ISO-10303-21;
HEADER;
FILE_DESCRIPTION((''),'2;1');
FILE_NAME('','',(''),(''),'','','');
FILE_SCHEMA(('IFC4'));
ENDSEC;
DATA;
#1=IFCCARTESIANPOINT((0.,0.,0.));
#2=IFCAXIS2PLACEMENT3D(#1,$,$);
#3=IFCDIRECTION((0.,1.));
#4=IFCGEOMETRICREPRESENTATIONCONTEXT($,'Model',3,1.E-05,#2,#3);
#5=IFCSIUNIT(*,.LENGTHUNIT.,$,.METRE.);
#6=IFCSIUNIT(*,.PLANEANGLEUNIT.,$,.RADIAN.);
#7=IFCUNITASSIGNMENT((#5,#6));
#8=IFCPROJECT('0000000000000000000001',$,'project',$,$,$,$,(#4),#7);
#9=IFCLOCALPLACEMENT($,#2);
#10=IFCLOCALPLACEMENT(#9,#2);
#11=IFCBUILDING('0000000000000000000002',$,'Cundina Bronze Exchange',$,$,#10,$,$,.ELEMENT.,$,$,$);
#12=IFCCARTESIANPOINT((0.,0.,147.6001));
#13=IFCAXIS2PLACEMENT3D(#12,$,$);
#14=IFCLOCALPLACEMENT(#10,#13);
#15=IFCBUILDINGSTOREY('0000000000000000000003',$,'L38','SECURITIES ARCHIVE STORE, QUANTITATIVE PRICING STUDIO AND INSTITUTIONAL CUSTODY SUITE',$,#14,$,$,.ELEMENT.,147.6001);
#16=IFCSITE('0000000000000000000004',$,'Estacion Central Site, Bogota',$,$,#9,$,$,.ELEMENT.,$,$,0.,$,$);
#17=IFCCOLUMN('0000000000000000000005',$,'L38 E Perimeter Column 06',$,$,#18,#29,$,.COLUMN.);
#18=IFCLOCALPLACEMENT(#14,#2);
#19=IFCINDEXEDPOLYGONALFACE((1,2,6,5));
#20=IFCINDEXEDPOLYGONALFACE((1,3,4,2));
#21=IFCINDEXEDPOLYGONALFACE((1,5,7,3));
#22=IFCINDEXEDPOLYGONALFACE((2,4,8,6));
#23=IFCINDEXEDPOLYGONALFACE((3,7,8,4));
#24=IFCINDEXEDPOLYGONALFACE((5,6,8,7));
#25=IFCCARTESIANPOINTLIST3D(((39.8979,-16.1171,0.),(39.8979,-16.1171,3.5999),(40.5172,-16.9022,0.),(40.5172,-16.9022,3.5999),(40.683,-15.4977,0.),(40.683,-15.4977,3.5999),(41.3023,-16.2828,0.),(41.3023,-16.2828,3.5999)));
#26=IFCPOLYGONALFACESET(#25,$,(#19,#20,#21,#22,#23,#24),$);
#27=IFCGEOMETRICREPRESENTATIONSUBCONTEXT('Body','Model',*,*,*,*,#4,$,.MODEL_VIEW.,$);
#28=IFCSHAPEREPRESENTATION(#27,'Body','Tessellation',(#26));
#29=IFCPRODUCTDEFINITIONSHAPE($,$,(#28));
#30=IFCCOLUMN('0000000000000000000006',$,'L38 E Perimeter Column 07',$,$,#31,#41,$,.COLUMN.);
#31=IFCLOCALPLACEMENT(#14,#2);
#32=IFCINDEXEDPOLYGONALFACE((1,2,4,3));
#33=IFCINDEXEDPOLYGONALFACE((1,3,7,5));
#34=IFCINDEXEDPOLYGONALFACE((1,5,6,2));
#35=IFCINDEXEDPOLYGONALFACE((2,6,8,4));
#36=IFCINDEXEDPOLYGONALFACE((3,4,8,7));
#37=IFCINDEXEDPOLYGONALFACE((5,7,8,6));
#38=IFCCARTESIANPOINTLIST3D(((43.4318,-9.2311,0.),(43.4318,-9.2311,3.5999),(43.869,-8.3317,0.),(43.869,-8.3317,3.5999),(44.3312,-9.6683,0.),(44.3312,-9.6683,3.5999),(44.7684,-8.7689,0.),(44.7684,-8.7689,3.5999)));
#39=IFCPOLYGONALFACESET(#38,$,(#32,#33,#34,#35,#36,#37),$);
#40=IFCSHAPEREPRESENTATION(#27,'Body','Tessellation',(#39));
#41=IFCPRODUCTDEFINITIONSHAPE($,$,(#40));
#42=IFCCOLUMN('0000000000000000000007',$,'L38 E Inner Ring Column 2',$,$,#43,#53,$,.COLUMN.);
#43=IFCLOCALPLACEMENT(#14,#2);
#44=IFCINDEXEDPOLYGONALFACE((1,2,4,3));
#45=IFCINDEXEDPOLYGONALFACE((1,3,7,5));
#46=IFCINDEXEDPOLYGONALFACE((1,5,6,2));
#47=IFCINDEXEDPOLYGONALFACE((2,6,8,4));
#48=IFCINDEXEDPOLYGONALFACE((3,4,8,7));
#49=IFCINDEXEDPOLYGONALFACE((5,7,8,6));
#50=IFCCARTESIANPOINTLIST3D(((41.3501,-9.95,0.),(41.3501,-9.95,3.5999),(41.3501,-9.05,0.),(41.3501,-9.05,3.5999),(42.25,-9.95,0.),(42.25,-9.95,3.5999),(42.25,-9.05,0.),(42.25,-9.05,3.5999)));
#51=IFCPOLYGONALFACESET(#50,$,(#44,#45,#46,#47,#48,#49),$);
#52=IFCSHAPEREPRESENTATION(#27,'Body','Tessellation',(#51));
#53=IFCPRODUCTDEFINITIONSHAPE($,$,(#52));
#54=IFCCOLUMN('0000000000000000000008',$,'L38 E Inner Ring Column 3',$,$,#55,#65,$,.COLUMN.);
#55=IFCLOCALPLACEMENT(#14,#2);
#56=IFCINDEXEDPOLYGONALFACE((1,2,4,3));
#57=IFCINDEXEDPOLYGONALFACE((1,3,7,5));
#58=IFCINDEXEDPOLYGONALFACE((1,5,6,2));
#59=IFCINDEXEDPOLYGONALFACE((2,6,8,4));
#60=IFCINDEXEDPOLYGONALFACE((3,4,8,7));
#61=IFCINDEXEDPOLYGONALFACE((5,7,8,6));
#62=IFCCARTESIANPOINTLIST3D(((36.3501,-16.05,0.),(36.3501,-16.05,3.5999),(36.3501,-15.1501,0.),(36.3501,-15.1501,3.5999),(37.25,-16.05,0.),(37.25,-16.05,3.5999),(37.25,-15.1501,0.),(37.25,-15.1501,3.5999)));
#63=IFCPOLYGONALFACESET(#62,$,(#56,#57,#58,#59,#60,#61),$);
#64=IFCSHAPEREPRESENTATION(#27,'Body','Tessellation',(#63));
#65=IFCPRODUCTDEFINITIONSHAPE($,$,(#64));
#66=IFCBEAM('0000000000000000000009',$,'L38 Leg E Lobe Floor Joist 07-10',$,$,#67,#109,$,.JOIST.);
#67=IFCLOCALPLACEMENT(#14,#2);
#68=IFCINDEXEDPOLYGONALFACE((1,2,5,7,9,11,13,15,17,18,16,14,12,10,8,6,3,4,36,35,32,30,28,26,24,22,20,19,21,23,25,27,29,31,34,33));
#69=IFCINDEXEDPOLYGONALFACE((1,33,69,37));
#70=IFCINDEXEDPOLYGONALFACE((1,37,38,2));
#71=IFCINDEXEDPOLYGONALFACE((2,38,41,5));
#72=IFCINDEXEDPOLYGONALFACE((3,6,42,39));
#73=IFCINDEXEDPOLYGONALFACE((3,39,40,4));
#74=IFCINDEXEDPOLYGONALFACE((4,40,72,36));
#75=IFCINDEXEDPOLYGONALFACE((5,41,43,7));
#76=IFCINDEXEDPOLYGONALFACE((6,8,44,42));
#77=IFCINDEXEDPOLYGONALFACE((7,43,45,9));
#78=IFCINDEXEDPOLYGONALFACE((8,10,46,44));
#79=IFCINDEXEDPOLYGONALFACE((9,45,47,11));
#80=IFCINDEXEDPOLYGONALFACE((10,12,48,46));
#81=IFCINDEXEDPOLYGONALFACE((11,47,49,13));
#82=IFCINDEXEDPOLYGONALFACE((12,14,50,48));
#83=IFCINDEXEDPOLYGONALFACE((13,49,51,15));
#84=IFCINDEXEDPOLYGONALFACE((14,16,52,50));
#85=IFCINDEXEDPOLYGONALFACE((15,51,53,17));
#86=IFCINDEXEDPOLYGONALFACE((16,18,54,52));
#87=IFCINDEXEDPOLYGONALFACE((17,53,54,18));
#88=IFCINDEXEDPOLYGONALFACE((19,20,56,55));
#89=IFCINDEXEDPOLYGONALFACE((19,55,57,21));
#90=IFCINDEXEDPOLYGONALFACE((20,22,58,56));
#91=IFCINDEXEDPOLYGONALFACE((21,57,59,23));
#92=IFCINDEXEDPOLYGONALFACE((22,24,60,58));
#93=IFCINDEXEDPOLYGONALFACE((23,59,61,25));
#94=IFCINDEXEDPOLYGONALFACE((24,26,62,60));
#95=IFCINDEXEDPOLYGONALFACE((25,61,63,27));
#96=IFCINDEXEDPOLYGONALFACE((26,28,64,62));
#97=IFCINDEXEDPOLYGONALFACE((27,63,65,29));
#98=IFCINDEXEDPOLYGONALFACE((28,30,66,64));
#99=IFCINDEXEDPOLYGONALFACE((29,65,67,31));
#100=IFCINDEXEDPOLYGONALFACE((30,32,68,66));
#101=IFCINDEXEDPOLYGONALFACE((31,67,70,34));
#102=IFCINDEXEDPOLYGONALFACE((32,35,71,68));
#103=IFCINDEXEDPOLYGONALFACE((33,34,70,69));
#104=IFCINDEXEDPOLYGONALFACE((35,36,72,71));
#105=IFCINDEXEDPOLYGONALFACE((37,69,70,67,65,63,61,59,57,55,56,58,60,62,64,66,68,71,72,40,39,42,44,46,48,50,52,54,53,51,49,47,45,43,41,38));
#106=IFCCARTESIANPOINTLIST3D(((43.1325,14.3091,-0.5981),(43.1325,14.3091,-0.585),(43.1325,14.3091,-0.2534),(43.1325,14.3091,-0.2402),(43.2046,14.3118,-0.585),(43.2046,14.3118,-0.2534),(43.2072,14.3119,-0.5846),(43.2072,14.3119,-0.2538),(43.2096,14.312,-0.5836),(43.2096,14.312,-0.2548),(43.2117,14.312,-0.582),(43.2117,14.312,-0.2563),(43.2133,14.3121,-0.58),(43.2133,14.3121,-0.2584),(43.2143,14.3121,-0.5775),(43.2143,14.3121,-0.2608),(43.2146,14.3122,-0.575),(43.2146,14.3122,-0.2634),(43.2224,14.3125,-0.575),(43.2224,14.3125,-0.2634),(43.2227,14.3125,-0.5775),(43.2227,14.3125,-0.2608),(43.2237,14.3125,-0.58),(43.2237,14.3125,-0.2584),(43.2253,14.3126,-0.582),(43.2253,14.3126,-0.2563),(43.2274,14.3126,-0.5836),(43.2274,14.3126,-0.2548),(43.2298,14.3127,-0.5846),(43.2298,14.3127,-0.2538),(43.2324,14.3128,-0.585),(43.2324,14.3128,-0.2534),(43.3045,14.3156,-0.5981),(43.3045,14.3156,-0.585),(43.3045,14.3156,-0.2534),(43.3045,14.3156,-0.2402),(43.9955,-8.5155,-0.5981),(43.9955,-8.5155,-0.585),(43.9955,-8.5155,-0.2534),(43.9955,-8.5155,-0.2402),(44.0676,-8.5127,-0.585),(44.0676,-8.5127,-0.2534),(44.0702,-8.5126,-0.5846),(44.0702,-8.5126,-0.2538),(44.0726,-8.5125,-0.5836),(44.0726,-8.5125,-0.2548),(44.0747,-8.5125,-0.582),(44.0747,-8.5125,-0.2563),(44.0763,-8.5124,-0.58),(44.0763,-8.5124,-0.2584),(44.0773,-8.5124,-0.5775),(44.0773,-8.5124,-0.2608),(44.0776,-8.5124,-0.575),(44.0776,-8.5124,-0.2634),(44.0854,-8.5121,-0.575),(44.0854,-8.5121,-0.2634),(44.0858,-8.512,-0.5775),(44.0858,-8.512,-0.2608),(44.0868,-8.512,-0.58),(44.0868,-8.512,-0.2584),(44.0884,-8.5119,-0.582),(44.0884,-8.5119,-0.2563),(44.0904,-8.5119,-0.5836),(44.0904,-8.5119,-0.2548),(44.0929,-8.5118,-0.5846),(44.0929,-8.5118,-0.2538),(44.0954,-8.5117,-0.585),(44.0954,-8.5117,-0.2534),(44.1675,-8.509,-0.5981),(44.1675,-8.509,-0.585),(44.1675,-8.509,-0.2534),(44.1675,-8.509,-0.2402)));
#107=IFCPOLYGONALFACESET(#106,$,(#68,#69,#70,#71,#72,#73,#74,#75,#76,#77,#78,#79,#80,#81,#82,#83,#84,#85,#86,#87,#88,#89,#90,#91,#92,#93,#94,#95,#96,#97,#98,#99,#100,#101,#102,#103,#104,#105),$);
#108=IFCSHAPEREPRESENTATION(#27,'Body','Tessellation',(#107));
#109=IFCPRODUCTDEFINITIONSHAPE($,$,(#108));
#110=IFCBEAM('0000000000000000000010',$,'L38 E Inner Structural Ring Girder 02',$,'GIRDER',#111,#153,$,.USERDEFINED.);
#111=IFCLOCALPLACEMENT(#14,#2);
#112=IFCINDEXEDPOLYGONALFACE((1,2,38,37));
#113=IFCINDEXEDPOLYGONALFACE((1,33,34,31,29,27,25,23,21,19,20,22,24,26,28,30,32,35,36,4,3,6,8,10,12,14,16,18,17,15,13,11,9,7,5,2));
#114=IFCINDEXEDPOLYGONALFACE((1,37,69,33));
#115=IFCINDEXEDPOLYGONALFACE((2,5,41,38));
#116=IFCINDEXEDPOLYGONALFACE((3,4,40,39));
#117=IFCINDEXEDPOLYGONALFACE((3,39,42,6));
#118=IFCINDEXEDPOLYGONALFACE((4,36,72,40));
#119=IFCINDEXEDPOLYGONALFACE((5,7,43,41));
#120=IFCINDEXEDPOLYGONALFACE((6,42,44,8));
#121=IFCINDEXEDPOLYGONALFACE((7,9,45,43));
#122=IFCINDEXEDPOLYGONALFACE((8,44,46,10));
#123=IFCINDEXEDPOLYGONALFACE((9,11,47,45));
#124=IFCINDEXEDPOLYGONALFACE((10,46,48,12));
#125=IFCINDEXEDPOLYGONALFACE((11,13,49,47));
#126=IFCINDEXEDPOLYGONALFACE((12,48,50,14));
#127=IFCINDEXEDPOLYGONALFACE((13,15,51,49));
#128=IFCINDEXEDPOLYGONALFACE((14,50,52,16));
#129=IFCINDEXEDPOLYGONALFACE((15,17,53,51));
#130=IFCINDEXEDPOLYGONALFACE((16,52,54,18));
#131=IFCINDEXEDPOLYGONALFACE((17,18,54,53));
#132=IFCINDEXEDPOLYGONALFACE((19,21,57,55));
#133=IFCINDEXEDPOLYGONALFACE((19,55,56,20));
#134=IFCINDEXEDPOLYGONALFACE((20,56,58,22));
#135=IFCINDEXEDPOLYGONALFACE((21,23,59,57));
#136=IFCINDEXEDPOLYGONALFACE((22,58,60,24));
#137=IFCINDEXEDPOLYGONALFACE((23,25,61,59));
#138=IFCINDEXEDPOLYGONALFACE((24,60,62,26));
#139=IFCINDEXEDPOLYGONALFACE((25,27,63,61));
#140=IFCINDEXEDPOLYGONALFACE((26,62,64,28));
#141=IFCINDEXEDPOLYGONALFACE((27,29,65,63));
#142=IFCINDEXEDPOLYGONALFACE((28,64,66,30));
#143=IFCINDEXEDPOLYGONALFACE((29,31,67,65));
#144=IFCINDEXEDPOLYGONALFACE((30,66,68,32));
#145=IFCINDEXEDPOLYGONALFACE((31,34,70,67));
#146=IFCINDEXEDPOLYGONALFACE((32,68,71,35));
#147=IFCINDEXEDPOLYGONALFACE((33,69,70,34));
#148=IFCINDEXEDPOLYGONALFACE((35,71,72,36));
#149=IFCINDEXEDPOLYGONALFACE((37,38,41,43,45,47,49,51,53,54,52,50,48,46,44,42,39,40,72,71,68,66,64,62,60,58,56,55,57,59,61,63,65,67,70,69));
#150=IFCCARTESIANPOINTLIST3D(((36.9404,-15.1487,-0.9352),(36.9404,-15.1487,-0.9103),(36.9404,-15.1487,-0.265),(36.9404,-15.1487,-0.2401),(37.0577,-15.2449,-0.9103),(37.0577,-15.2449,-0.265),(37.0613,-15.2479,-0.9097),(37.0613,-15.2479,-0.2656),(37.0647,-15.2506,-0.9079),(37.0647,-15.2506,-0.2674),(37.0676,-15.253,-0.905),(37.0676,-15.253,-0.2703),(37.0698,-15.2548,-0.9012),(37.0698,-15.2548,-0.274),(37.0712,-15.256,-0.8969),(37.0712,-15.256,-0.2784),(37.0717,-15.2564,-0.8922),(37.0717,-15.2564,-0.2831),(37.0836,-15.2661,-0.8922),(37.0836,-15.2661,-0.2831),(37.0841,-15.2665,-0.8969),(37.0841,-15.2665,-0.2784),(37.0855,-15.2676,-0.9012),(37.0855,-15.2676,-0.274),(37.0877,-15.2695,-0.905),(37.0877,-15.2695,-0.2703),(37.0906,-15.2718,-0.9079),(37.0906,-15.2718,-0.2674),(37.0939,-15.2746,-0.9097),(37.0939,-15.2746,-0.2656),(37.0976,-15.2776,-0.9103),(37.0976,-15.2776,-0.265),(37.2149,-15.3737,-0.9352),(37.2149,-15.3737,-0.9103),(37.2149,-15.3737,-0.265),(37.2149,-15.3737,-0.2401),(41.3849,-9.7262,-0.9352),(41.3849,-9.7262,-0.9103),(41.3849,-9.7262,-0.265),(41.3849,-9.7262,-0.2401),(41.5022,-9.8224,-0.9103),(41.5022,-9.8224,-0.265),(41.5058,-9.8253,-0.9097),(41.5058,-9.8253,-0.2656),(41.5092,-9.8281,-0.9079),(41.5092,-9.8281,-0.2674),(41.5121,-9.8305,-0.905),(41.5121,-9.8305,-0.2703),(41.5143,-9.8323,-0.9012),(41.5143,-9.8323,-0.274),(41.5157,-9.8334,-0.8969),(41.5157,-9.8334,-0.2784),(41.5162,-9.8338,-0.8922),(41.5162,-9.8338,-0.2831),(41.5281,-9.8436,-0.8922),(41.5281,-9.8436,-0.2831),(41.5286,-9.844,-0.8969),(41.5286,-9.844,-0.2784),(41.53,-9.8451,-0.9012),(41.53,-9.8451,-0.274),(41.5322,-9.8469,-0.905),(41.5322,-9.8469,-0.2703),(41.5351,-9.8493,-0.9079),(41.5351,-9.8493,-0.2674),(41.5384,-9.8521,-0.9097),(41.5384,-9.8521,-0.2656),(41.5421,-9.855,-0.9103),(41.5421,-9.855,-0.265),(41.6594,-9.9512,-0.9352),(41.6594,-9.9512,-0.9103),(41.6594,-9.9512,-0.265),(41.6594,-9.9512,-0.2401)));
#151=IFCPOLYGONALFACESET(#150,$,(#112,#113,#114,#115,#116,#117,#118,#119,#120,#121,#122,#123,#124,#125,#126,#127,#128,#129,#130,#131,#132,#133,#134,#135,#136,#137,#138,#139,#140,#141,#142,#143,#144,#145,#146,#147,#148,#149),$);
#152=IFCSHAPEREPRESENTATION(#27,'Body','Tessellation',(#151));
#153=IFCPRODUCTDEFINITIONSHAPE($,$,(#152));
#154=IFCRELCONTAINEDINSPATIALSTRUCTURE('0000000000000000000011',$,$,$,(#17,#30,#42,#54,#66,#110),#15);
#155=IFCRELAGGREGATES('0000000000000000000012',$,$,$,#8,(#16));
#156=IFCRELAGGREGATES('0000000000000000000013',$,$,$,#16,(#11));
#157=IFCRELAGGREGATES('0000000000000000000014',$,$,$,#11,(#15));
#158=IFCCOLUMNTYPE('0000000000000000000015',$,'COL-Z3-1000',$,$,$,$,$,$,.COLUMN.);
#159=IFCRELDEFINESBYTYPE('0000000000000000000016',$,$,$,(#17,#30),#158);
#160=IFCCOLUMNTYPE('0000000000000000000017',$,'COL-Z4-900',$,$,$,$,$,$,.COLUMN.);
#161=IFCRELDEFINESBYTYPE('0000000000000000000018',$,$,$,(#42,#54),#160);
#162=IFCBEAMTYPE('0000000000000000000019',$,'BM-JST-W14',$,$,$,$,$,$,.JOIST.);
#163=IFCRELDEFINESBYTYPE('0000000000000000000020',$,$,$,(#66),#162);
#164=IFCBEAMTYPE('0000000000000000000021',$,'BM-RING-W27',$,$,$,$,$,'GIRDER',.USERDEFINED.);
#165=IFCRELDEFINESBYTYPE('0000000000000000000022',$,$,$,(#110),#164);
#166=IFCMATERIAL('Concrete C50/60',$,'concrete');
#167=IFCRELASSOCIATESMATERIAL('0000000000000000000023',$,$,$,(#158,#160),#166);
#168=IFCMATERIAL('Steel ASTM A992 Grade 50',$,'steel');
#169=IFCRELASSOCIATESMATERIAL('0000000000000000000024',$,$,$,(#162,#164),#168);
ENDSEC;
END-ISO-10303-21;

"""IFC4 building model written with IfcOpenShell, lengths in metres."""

from ifc_helpers import new_model, si_unit, direction, frame, origin, origin_2d, place, context, subcontext, project, spatial, rectangle, i_section, extrude, material, material_profile, profile_set, type_object, element, save


model = new_model("IFC4")

# Units and contexts
model_context = context("Model", 3, precision=1e-05, world=origin(), true_north=direction((0.0, 1.0)))
body_context = subcontext(model_context, "Body", "Model", "MODEL_VIEW")
ifc_project = project(units=[si_unit("LENGTHUNIT", "METRE"), si_unit("PLANEANGLEUNIT", "RADIAN")], contexts=[model_context])

# Site, building, storey
site_placement = place(None, origin())
site = spatial("IfcSite", under=ifc_project, at=site_placement, Name="Estacion Central Site, Bogota", CompositionType="ELEMENT", RefElevation=0.0)
building_placement = place(site_placement, origin())
building = spatial("IfcBuilding", under=site, at=building_placement, Name="Cundina Bronze Exchange", CompositionType="ELEMENT")
storey_placement = place(building_placement, frame((0.0, 0.0, 147.6001)))
storey = spatial("IfcBuildingStorey", under=building, at=storey_placement, Name="L38", Description="SECURITIES ARCHIVE STORE, QUANTITATIVE PRICING STUDIO AND INSTITUTIONAL CUSTODY SUITE", CompositionType="ELEMENT", Elevation=147.6001)

# Columns
ifc_material_1 = material(Name="Concrete C50/60", Category="concrete")
ifc_material_profile_1 = material_profile(ifc_material_1, rectangle(XDim=1.0, YDim=1.0, at=origin_2d()), Name="RC1000X1000", Category="concrete")
ifc_profile_set_1 = profile_set([ifc_material_profile_1], Name="Concrete C50/60")
column_type_1 = type_object("IfcColumnType", Name="COL-Z3-1000", PredefinedType="COLUMN", material=ifc_profile_set_1)
for number, where, z_axis, x_axis, name in (
    (1, (40.6001, -16.2, 0.0), (0.0, 0.0, 1.0), (0.785101, 0.619368, 0.0), "L38 E Perimeter Column 06"),
    (2, (44.1001, -9.0, 0.0), (0.0, 0.0, 1.0), (0.437116, 0.899405, 0.0), "L38 E Perimeter Column 07"),
):
    element("IfcColumn", number, at=place(storey_placement, frame(where, z_axis=z_axis, x_axis=x_axis)), inside=storey, type_object=column_type_1, Name=name, PredefinedType="COLUMN", context=body_context, shape_type="SweptSolid", body=[
        extrude(rectangle(XDim=1.0, YDim=1.0, at=origin_2d()), origin(), (0.0, 0.0, 1.0), 3.5999),
    ])
ifc_material_profile_2 = material_profile(ifc_material_1, rectangle(XDim=0.8999, YDim=0.8999, at=origin_2d()), Name="RC900X900", Category="concrete")
ifc_profile_set_2 = profile_set([ifc_material_profile_2], Name="Concrete C50/60")
column_type_2 = type_object("IfcColumnType", Name="COL-Z4-900", PredefinedType="COLUMN", material=ifc_profile_set_2)
for number, where, z_axis, x_axis, name in (
    (3, (41.8, -9.5, 0.0), (0.0, 0.0, 1.0), (1.0, 0.0, 0.0), "L38 E Inner Ring Column 2"),
    (4, (36.8, -15.6001, 0.0), (0.0, 0.0, 1.0), (1.0, 0.0, 0.0), "L38 E Inner Ring Column 3"),
):
    element("IfcColumn", number, at=place(storey_placement, frame(where, z_axis=z_axis, x_axis=x_axis)), inside=storey, type_object=column_type_2, Name=name, PredefinedType="COLUMN", context=body_context, shape_type="SweptSolid", body=[
        extrude(rectangle(XDim=0.8999, YDim=0.8999, at=origin_2d()), origin(), (0.0, 0.0, 1.0), 3.5999),
    ])

# Beams
ifc_material_2 = material(Name="Steel ASTM A992 Grade 50", Category="steel")
ifc_material_profile_3 = material_profile(ifc_material_2, i_section(OverallWidth=0.1721, OverallDepth=0.3579, WebThickness=0.0078, FlangeThickness=0.0132, FilletRadius=0.01, at=origin_2d()), Name="W14X38", Category="steel")
ifc_profile_set_3 = profile_set([ifc_material_profile_3], Name="Steel ASTM A992 Grade 50")
beam_type_1 = type_object("IfcBeamType", Name="BM-JST-W14", PredefinedType="JOIST", material=ifc_profile_set_3)
beam_1_placement = place(storey_placement, frame((44.0815, -8.5122, -0.4192), z_axis=(-0.037785, 0.999286, 0.0), x_axis=(-0.999286, -0.037785, 0.0)))
element("IfcBeam", 5, at=beam_1_placement, inside=storey, type_object=beam_type_1, Name="L38 Leg E Lobe Floor Joist 07-10", PredefinedType="JOIST", context=body_context, shape_type="SweptSolid", body=[
    extrude(i_section(OverallWidth=0.1721, OverallDepth=0.3579, WebThickness=0.0078, FlangeThickness=0.0132, FilletRadius=0.01, at=origin_2d()), origin(), (0.0, 0.0, 1.0), 22.8408),
])
ifc_material_profile_4 = material_profile(ifc_material_2, i_section(OverallWidth=0.355, OverallDepth=0.6951, WebThickness=0.0154, FlangeThickness=0.0249, FilletRadius=0.0181, at=origin_2d()), Name="W27X146", Category="steel")
ifc_profile_set_4 = profile_set([ifc_material_profile_4], Name="Steel ASTM A992 Grade 50")
beam_type_2 = type_object("IfcBeamType", Name="BM-RING-W27", ElementType="GIRDER", PredefinedType="USERDEFINED", material=ifc_profile_set_4)
beam_2_placement = place(storey_placement, frame((37.0776, -15.2612, -0.5876), z_axis=(0.633913, 0.773405, 0.0), x_axis=(-0.773405, 0.633913, 0.0)))
element("IfcBeam", 6, at=beam_2_placement, inside=storey, type_object=beam_type_2, Name="L38 E Inner Structural Ring Girder 02", ObjectType="GIRDER", PredefinedType="USERDEFINED", context=body_context, shape_type="SweptSolid", body=[
    extrude(i_section(OverallWidth=0.355, OverallDepth=0.6951, WebThickness=0.0154, FlangeThickness=0.0249, FilletRadius=0.0181, at=origin_2d()), origin(), (0.0, 0.0, 1.0), 7.0112),
])

save(model, "model.ifc")
